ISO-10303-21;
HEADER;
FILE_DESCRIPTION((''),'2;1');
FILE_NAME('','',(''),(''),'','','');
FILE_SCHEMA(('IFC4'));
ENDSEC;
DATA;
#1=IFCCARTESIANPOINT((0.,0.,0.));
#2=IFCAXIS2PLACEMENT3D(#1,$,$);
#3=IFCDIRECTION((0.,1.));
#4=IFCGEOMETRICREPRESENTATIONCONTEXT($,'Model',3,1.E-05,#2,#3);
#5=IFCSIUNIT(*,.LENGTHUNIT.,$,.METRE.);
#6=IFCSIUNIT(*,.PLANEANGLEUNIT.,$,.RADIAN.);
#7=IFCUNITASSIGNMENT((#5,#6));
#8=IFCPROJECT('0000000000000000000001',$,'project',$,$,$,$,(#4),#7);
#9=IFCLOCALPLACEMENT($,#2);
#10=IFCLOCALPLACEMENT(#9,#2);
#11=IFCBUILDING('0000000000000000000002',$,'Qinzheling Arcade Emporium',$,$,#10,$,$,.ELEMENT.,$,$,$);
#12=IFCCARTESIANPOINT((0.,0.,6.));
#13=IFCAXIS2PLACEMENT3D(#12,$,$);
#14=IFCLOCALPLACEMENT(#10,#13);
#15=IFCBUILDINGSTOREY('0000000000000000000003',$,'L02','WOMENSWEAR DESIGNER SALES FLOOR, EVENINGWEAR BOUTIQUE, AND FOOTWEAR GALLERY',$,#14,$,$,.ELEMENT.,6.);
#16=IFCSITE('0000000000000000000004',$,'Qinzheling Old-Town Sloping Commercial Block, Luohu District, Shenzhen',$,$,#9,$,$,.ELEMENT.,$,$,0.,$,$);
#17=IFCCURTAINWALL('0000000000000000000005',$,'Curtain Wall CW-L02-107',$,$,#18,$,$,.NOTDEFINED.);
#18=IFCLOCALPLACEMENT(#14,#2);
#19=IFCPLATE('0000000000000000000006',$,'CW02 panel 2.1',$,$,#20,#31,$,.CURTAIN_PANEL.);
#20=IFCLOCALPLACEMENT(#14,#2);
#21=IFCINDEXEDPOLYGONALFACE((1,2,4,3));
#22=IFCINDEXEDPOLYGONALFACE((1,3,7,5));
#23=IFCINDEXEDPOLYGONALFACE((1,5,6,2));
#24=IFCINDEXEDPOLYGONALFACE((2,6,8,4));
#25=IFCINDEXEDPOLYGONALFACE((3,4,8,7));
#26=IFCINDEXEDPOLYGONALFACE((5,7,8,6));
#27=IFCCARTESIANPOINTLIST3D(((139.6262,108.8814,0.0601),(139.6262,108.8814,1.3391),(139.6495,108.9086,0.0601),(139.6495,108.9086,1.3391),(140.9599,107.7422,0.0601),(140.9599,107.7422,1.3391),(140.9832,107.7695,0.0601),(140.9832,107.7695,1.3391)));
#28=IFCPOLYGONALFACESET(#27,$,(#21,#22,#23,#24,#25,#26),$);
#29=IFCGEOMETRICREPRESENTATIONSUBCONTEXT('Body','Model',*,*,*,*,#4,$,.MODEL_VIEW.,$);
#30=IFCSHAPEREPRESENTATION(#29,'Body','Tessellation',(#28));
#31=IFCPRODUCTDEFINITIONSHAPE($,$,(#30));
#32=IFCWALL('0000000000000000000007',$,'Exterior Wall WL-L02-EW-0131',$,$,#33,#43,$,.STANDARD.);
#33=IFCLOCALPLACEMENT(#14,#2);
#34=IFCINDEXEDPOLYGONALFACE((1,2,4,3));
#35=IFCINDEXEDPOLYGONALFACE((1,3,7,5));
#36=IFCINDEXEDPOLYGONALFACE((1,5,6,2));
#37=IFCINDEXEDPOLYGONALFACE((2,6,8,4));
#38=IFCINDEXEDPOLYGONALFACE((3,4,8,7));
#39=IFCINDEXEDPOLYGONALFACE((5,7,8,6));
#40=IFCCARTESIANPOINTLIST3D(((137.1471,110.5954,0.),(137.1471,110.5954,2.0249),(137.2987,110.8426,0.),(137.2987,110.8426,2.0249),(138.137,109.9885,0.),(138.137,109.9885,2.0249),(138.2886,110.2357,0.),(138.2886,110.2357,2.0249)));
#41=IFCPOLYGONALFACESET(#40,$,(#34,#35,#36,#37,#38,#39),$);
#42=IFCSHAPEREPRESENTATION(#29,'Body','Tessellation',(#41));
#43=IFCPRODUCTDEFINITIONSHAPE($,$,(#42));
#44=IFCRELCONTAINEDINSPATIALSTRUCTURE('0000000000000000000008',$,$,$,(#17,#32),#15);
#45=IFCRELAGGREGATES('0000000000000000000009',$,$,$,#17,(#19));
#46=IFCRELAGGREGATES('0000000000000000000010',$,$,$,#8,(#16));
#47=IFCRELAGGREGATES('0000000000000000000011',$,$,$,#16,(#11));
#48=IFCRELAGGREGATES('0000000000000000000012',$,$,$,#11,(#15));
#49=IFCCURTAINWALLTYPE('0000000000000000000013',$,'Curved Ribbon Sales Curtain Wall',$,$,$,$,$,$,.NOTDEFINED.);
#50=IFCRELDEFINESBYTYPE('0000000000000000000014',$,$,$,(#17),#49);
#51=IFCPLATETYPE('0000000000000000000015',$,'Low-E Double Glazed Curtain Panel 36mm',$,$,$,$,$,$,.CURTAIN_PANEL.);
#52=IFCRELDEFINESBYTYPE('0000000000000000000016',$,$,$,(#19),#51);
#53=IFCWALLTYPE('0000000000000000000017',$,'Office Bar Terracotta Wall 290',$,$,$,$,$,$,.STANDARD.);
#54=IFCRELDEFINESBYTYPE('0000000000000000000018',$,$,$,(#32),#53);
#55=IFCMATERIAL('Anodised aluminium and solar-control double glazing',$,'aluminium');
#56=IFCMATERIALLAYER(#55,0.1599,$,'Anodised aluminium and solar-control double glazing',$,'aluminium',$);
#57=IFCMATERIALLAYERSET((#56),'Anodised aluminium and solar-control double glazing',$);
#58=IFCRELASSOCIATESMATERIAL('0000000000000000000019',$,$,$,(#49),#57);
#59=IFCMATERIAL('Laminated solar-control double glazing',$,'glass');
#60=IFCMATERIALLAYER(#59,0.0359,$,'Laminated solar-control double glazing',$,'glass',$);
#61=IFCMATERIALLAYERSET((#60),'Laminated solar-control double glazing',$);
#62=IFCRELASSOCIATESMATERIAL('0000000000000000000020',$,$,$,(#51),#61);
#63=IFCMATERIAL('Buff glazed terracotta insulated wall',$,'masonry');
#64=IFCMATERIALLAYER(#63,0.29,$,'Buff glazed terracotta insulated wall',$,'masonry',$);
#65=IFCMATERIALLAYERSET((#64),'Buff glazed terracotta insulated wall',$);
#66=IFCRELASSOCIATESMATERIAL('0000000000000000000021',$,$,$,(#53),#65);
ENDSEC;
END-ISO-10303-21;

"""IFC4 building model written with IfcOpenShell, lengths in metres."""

from ifc_helpers import new_model, si_unit, direction, frame, frame_2d, origin, origin_2d, place, context, subcontext, project, spatial, rectangle, extrude, material, layer, layer_set, type_object, element, aggregate, save


model = new_model("IFC4")

# Units and contexts
model_context = context("Model", 3, precision=1e-05, world=origin(), true_north=direction((0.0, 1.0)))
body_context = subcontext(model_context, "Body", "Model", "MODEL_VIEW")
ifc_project = project(units=[si_unit("LENGTHUNIT", "METRE"), si_unit("PLANEANGLEUNIT", "RADIAN")], contexts=[model_context])

# Site, building, storey
site_placement = place(None, origin())
site = spatial("IfcSite", under=ifc_project, at=site_placement, Name="Qinzheling Old-Town Sloping Commercial Block, Luohu District, Shenzhen", CompositionType="ELEMENT", RefElevation=0.0)
building_placement = place(site_placement, origin())
building = spatial("IfcBuilding", under=site, at=building_placement, Name="Qinzheling Arcade Emporium", CompositionType="ELEMENT")
storey_placement = place(building_placement, frame((0.0, 0.0, 6.0)))
storey = spatial("IfcBuildingStorey", under=building, at=storey_placement, Name="L02", Description="WOMENSWEAR DESIGNER SALES FLOOR, EVENINGWEAR BOUTIQUE, AND FOOTWEAR GALLERY", CompositionType="ELEMENT", Elevation=6.0)

# Shared definitions
ifc_material_1 = material(Name="Anodised aluminium and solar-control double glazing", Category="aluminium")
ifc_layer_1 = layer(ifc_material_1, 0.1599, Name="Anodised aluminium and solar-control double glazing", Category="aluminium")
ifc_layer_set_1 = layer_set([ifc_layer_1], Name="Anodised aluminium and solar-control double glazing")
curtain_wall_type = type_object("IfcCurtainWallType", Name="Curved Ribbon Sales Curtain Wall", PredefinedType="NOTDEFINED", material=ifc_layer_set_1)

# Curtain wall
curtain_wall_1_placement = place(storey_placement, origin())
curtain_wall_1 = element("IfcCurtainWall", 1, at=curtain_wall_1_placement, inside=storey, type_object=curtain_wall_type, Name="Curtain Wall CW-L02-107", PredefinedType="NOTDEFINED")

# Plate
ifc_material_2 = material(Name="Laminated solar-control double glazing", Category="glass")
ifc_layer_2 = layer(ifc_material_2, 0.0359, Name="Laminated solar-control double glazing", Category="glass")
ifc_layer_set_2 = layer_set([ifc_layer_2], Name="Laminated solar-control double glazing")
plate_type_1 = type_object("IfcPlateType", Name="Low-E Double Glazed Curtain Panel 36mm", PredefinedType="CURTAIN_PANEL", material=ifc_layer_set_2)
plate_1_placement = place(storey_placement, frame((140.3047, 108.3254, 0.0601), z_axis=(0.0, 0.0, 1.0), x_axis=(0.760385, -0.649473, 0.0)))
plate_1 = element("IfcPlate", 2, at=plate_1_placement, type_object=plate_type_1, Name="CW02 panel 2.1", PredefinedType="CURTAIN_PANEL", context=body_context, shape_type="SweptSolid", body=[
    extrude(rectangle(XDim=1.7539, YDim=0.0359, at=origin_2d()), origin(), (0.0, 0.0, 1.0), 1.2791),
])
aggregate(curtain_wall_1, [plate_1])

# Wall
ifc_material_3 = material(Name="Buff glazed terracotta insulated wall", Category="masonry")
ifc_layer_3 = layer(ifc_material_3, 0.29, Name="Buff glazed terracotta insulated wall", Category="masonry")
ifc_layer_set_3 = layer_set([ifc_layer_3], Name="Buff glazed terracotta insulated wall")
wall_type = type_object("IfcWallType", Name="Office Bar Terracotta Wall 290", PredefinedType="STANDARD", material=ifc_layer_set_3)
wall_placement = place(storey_placement, frame((137.2229, 110.719, 0.0), z_axis=(0.0, 0.0, 1.0), x_axis=(0.852538, -0.522666, 0.0)))
element("IfcWall", 3, at=wall_placement, inside=storey, type_object=wall_type, Name="Exterior Wall WL-L02-EW-0131", PredefinedType="STANDARD", context=body_context, shape_type="SweptSolid", body=[
    extrude(rectangle(XDim=1.1611, YDim=0.29, at=frame_2d((0.5806, 0.0))), origin(), (0.0, 0.0, 1.0), 2.0249),
])

save(model, "model.ifc")
